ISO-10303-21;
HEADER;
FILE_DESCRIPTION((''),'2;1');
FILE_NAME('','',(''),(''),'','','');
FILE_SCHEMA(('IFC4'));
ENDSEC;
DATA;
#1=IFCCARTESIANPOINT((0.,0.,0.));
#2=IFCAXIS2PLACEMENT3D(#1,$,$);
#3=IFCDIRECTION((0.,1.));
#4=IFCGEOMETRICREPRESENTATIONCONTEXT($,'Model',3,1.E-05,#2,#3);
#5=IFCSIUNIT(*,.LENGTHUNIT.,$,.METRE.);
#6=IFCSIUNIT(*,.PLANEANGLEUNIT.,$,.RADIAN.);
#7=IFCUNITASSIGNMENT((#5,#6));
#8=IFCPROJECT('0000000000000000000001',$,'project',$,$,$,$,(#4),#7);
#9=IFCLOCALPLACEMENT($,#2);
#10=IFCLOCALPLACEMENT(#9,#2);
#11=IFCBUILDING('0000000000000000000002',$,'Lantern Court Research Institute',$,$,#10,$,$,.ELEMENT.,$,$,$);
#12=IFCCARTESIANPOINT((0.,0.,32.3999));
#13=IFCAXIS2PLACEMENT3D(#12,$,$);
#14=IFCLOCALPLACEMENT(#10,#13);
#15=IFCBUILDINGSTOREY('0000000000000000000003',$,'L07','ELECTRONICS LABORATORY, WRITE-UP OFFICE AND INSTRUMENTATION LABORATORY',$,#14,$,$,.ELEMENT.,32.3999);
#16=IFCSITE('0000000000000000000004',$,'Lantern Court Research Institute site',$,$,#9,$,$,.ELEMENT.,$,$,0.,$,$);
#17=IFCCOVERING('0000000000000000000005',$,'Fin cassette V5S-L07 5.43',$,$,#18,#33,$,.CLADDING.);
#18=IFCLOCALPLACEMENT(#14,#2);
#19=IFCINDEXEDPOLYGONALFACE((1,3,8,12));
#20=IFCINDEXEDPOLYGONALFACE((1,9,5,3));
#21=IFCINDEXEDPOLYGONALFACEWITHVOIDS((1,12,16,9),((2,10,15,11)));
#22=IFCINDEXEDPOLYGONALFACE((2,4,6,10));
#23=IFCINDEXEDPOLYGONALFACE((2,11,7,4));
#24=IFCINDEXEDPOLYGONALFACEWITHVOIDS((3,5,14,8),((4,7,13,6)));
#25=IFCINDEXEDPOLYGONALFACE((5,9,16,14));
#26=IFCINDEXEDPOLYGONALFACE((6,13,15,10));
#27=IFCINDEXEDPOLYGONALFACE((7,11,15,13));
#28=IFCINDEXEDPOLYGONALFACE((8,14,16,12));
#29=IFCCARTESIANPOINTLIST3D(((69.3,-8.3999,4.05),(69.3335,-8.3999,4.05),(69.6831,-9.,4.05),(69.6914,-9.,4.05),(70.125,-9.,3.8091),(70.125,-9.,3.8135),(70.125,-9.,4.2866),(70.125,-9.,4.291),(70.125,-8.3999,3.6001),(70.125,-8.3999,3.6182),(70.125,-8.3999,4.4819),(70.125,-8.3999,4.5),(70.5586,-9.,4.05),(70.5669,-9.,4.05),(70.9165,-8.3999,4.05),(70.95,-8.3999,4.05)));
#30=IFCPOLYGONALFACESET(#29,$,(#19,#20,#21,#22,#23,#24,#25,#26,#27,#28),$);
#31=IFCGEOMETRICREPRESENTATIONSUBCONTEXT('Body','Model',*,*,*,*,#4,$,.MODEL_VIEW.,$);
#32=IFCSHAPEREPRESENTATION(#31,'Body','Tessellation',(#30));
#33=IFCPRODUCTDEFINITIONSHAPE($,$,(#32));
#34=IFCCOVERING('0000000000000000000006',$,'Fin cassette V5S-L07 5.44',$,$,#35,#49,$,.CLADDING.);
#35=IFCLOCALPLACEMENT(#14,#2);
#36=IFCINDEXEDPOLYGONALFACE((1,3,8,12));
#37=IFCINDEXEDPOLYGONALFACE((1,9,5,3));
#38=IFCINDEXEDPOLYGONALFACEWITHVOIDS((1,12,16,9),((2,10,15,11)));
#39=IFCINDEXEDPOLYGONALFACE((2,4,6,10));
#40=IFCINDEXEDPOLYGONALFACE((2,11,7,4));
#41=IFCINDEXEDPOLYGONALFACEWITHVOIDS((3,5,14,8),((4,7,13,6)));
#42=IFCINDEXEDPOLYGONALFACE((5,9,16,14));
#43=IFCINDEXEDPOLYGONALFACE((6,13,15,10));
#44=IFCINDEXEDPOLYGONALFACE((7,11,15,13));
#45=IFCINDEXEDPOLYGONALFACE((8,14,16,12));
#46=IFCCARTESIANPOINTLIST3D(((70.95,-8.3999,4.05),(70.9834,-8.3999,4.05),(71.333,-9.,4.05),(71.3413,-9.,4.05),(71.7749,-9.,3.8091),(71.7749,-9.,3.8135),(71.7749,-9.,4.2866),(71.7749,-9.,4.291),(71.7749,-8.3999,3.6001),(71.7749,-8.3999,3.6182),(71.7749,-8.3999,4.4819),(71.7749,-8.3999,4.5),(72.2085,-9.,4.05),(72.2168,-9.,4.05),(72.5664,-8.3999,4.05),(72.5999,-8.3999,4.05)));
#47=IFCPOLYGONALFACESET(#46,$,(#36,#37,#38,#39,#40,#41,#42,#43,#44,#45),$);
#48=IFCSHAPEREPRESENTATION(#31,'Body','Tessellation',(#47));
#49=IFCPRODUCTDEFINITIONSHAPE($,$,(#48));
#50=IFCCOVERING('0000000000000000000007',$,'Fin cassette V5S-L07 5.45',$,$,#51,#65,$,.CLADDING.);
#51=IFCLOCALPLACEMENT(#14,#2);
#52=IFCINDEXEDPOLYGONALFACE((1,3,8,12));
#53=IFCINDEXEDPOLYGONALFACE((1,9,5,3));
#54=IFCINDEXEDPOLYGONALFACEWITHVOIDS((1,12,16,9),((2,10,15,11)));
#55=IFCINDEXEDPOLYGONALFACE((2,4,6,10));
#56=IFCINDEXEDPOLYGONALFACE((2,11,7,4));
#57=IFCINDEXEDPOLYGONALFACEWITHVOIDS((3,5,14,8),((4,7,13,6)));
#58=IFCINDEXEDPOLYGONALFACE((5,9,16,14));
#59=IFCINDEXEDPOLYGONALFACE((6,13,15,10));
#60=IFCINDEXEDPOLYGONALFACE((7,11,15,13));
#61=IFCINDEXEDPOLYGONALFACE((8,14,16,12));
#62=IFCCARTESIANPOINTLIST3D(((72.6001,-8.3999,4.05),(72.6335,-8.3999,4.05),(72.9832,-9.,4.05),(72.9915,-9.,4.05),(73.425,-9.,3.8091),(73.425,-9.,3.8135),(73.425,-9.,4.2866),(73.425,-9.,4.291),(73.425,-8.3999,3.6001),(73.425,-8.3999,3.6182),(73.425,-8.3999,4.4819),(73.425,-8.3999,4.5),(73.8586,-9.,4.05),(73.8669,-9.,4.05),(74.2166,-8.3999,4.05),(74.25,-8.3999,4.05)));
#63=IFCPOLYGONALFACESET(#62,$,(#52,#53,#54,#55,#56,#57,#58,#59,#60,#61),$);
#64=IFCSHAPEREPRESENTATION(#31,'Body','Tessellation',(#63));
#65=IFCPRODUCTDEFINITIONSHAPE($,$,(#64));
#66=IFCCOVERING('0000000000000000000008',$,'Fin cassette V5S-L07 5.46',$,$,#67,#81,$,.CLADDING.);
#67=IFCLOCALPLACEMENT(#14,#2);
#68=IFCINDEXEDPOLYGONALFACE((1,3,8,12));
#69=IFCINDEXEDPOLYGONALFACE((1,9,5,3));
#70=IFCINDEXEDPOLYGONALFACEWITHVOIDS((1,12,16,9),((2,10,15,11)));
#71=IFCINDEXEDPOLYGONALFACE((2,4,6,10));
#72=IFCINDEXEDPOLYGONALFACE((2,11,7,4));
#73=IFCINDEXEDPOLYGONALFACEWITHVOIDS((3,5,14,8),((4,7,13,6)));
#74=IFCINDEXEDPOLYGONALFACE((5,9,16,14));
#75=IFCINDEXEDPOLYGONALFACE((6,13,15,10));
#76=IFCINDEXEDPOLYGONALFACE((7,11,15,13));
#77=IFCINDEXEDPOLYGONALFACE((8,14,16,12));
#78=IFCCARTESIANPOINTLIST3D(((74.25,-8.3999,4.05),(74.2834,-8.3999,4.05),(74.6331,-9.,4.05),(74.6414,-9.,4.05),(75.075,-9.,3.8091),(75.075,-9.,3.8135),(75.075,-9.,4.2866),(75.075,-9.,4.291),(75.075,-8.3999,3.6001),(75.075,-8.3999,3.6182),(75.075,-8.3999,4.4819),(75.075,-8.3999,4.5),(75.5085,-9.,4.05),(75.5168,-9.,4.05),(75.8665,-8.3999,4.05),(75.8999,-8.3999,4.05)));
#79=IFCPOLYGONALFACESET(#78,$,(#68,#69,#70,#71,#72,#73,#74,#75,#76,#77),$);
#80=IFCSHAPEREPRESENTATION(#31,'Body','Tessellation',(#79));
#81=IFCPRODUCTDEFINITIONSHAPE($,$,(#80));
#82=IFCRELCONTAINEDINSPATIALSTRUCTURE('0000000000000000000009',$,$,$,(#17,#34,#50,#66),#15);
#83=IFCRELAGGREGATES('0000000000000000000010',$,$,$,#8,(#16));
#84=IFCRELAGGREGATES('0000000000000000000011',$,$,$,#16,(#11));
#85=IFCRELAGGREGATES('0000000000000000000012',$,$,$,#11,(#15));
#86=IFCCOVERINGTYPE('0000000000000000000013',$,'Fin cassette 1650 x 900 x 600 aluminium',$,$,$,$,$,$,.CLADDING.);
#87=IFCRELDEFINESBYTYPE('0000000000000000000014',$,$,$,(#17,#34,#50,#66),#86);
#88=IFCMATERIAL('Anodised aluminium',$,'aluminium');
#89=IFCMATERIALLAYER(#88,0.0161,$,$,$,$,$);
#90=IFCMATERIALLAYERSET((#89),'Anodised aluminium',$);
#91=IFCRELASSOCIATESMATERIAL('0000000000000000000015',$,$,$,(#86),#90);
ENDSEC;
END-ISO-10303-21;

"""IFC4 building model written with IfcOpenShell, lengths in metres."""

from ifc_helpers import new_model, entity, si_unit, direction, frame, origin, place, context, subcontext, project, spatial, material, layer, layer_set, type_object, element, save


model = new_model("IFC4")

# Units and contexts
model_context = context("Model", 3, precision=1e-05, world=origin(), true_north=direction((0.0, 1.0)))
body_context = subcontext(model_context, "Body", "Model", "MODEL_VIEW")
ifc_project = project(units=[si_unit("LENGTHUNIT", "METRE"), si_unit("PLANEANGLEUNIT", "RADIAN")], contexts=[model_context])

# Site, building, storey
site_placement = place(None, origin())
site = spatial("IfcSite", under=ifc_project, at=site_placement, Name="Lantern Court Research Institute site", CompositionType="ELEMENT", RefElevation=0.0)
building_placement = place(site_placement, origin())
building = spatial("IfcBuilding", under=site, at=building_placement, Name="Lantern Court Research Institute", CompositionType="ELEMENT")
storey_placement = place(building_placement, frame((0.0, 0.0, 32.3999)))
storey = spatial("IfcBuildingStorey", under=building, at=storey_placement, Name="L07", Description="ELECTRONICS LABORATORY, WRITE-UP OFFICE AND INSTRUMENTATION LABORATORY", CompositionType="ELEMENT", Elevation=32.3999)

# Coverings
ifc_material = material(Name="Anodised aluminium", Category="aluminium")
ifc_layer = layer(ifc_material, 0.0161)
ifc_layer_set = layer_set([ifc_layer], Name="Anodised aluminium")
covering_type = type_object("IfcCoveringType", Name="Fin cassette 1650 x 900 x 600 aluminium", PredefinedType="CLADDING", material=ifc_layer_set)
covering_1_placement = place(storey_placement, frame((70.125, -8.3999, 4.05), z_axis=(0.0, -1.0, 0.0), x_axis=(1.0, 0.0, 0.0)))
cartesian_point_1 = entity("IfcCartesianPoint", [0.825, 0.0])
cartesian_point_2 = entity("IfcCartesianPoint", [0.7915, 0.0])
cartesian_point_3 = entity("IfcCartesianPoint", [0.4419, 0.0])
cartesian_point_4 = entity("IfcCartesianPoint", [0.4336, 0.0])
element("IfcCovering", 1, at=covering_1_placement, inside=storey, type_object=covering_type, Name="Fin cassette V5S-L07 5.43", PredefinedType="CLADDING", context=body_context, shape_type="SweptSolid", body=[
    entity("IfcExtrudedAreaSolidTapered", entity("IfcArbitraryProfileDefWithVoids", "AREA", None, entity("IfcPolyline", [cartesian_point_1, entity("IfcCartesianPoint", [0.0, 0.45]), entity("IfcCartesianPoint", [-0.825, 0.0]), entity("IfcCartesianPoint", [0.0, -0.45]), cartesian_point_1]), [entity("IfcPolyline", [cartesian_point_2, entity("IfcCartesianPoint", [0.0, 0.4319]), entity("IfcCartesianPoint", [-0.7915, 0.0]), entity("IfcCartesianPoint", [0.0, -0.4319]), cartesian_point_2])]), entity("IfcAxis2Placement3D", entity("IfcCartesianPoint", [0.0, 0.0, 0.0])), entity("IfcDirection", [0.0, 0.0, 1.0]), 0.6001, entity("IfcArbitraryProfileDefWithVoids", "AREA", None, entity("IfcPolyline", [cartesian_point_3, entity("IfcCartesianPoint", [0.0, 0.241]), entity("IfcCartesianPoint", [-0.4419, 0.0]), entity("IfcCartesianPoint", [0.0, -0.241]), cartesian_point_3]), [entity("IfcPolyline", [cartesian_point_4, entity("IfcCartesianPoint", [0.0, 0.2366]), entity("IfcCartesianPoint", [-0.4336, 0.0]), entity("IfcCartesianPoint", [0.0, -0.2366]), cartesian_point_4])])),
])
covering_2_placement = place(storey_placement, frame((71.7749, -8.3999, 4.05), z_axis=(0.0, -1.0, 0.0), x_axis=(1.0, 0.0, 0.0)))
cartesian_point_5 = entity("IfcCartesianPoint", [0.825, 0.0])
cartesian_point_6 = entity("IfcCartesianPoint", [0.7915, 0.0])
cartesian_point_7 = entity("IfcCartesianPoint", [0.4419, 0.0])
cartesian_point_8 = entity("IfcCartesianPoint", [0.4336, 0.0])
element("IfcCovering", 2, at=covering_2_placement, inside=storey, type_object=covering_type, Name="Fin cassette V5S-L07 5.44", PredefinedType="CLADDING", context=body_context, shape_type="SweptSolid", body=[
    entity("IfcExtrudedAreaSolidTapered", entity("IfcArbitraryProfileDefWithVoids", "AREA", None, entity("IfcPolyline", [cartesian_point_5, entity("IfcCartesianPoint", [0.0, 0.45]), entity("IfcCartesianPoint", [-0.825, 0.0]), entity("IfcCartesianPoint", [0.0, -0.45]), cartesian_point_5]), [entity("IfcPolyline", [cartesian_point_6, entity("IfcCartesianPoint", [0.0, 0.4319]), entity("IfcCartesianPoint", [-0.7915, 0.0]), entity("IfcCartesianPoint", [0.0, -0.4319]), cartesian_point_6])]), entity("IfcAxis2Placement3D", entity("IfcCartesianPoint", [0.0, 0.0, 0.0])), entity("IfcDirection", [0.0, 0.0, 1.0]), 0.6001, entity("IfcArbitraryProfileDefWithVoids", "AREA", None, entity("IfcPolyline", [cartesian_point_7, entity("IfcCartesianPoint", [0.0, 0.241]), entity("IfcCartesianPoint", [-0.4419, 0.0]), entity("IfcCartesianPoint", [0.0, -0.241]), cartesian_point_7]), [entity("IfcPolyline", [cartesian_point_8, entity("IfcCartesianPoint", [0.0, 0.2366]), entity("IfcCartesianPoint", [-0.4336, 0.0]), entity("IfcCartesianPoint", [0.0, -0.2366]), cartesian_point_8])])),
])
covering_3_placement = place(storey_placement, frame((73.425, -8.3999, 4.05), z_axis=(0.0, -1.0, 0.0), x_axis=(1.0, 0.0, 0.0)))
cartesian_point_9 = entity("IfcCartesianPoint", [0.825, 0.0])
cartesian_point_10 = entity("IfcCartesianPoint", [0.7915, 0.0])
cartesian_point_11 = entity("IfcCartesianPoint", [0.4419, 0.0])
cartesian_point_12 = entity("IfcCartesianPoint", [0.4336, 0.0])
element("IfcCovering", 3, at=covering_3_placement, inside=storey, type_object=covering_type, Name="Fin cassette V5S-L07 5.45", PredefinedType="CLADDING", context=body_context, shape_type="SweptSolid", body=[
    entity("IfcExtrudedAreaSolidTapered", entity("IfcArbitraryProfileDefWithVoids", "AREA", None, entity("IfcPolyline", [cartesian_point_9, entity("IfcCartesianPoint", [0.0, 0.45]), entity("IfcCartesianPoint", [-0.825, 0.0]), entity("IfcCartesianPoint", [0.0, -0.45]), cartesian_point_9]), [entity("IfcPolyline", [cartesian_point_10, entity("IfcCartesianPoint", [0.0, 0.4319]), entity("IfcCartesianPoint", [-0.7915, 0.0]), entity("IfcCartesianPoint", [0.0, -0.4319]), cartesian_point_10])]), entity("IfcAxis2Placement3D", entity("IfcCartesianPoint", [0.0, 0.0, 0.0])), entity("IfcDirection", [0.0, 0.0, 1.0]), 0.6001, entity("IfcArbitraryProfileDefWithVoids", "AREA", None, entity("IfcPolyline", [cartesian_point_11, entity("IfcCartesianPoint", [0.0, 0.241]), entity("IfcCartesianPoint", [-0.4419, 0.0]), entity("IfcCartesianPoint", [0.0, -0.241]), cartesian_point_11]), [entity("IfcPolyline", [cartesian_point_12, entity("IfcCartesianPoint", [0.0, 0.2366]), entity("IfcCartesianPoint", [-0.4336, 0.0]), entity("IfcCartesianPoint", [0.0, -0.2366]), cartesian_point_12])])),
])
covering_4_placement = place(storey_placement, frame((75.075, -8.3999, 4.05), z_axis=(0.0, -1.0, 0.0), x_axis=(1.0, 0.0, 0.0)))
cartesian_point_13 = entity("IfcCartesianPoint", [0.825, 0.0])
cartesian_point_14 = entity("IfcCartesianPoint", [0.7915, 0.0])
cartesian_point_15 = entity("IfcCartesianPoint", [0.4419, 0.0])
cartesian_point_16 = entity("IfcCartesianPoint", [0.4336, 0.0])
element("IfcCovering", 4, at=covering_4_placement, inside=storey, type_object=covering_type, Name="Fin cassette V5S-L07 5.46", PredefinedType="CLADDING", context=body_context, shape_type="SweptSolid", body=[
    entity("IfcExtrudedAreaSolidTapered", entity("IfcArbitraryProfileDefWithVoids", "AREA", None, entity("IfcPolyline", [cartesian_point_13, entity("IfcCartesianPoint", [0.0, 0.45]), entity("IfcCartesianPoint", [-0.825, 0.0]), entity("IfcCartesianPoint", [0.0, -0.45]), cartesian_point_13]), [entity("IfcPolyline", [cartesian_point_14, entity("IfcCartesianPoint", [0.0, 0.4319]), entity("IfcCartesianPoint", [-0.7915, 0.0]), entity("IfcCartesianPoint", [0.0, -0.4319]), cartesian_point_14])]), entity("IfcAxis2Placement3D", entity("IfcCartesianPoint", [0.0, 0.0, 0.0])), entity("IfcDirection", [0.0, 0.0, 1.0]), 0.6001, entity("IfcArbitraryProfileDefWithVoids", "AREA", None, entity("IfcPolyline", [cartesian_point_15, entity("IfcCartesianPoint", [0.0, 0.241]), entity("IfcCartesianPoint", [-0.4419, 0.0]), entity("IfcCartesianPoint", [0.0, -0.241]), cartesian_point_15]), [entity("IfcPolyline", [cartesian_point_16, entity("IfcCartesianPoint", [0.0, 0.2366]), entity("IfcCartesianPoint", [-0.4336, 0.0]), entity("IfcCartesianPoint", [0.0, -0.2366]), cartesian_point_16])])),
])

save(model, "model.ifc")
